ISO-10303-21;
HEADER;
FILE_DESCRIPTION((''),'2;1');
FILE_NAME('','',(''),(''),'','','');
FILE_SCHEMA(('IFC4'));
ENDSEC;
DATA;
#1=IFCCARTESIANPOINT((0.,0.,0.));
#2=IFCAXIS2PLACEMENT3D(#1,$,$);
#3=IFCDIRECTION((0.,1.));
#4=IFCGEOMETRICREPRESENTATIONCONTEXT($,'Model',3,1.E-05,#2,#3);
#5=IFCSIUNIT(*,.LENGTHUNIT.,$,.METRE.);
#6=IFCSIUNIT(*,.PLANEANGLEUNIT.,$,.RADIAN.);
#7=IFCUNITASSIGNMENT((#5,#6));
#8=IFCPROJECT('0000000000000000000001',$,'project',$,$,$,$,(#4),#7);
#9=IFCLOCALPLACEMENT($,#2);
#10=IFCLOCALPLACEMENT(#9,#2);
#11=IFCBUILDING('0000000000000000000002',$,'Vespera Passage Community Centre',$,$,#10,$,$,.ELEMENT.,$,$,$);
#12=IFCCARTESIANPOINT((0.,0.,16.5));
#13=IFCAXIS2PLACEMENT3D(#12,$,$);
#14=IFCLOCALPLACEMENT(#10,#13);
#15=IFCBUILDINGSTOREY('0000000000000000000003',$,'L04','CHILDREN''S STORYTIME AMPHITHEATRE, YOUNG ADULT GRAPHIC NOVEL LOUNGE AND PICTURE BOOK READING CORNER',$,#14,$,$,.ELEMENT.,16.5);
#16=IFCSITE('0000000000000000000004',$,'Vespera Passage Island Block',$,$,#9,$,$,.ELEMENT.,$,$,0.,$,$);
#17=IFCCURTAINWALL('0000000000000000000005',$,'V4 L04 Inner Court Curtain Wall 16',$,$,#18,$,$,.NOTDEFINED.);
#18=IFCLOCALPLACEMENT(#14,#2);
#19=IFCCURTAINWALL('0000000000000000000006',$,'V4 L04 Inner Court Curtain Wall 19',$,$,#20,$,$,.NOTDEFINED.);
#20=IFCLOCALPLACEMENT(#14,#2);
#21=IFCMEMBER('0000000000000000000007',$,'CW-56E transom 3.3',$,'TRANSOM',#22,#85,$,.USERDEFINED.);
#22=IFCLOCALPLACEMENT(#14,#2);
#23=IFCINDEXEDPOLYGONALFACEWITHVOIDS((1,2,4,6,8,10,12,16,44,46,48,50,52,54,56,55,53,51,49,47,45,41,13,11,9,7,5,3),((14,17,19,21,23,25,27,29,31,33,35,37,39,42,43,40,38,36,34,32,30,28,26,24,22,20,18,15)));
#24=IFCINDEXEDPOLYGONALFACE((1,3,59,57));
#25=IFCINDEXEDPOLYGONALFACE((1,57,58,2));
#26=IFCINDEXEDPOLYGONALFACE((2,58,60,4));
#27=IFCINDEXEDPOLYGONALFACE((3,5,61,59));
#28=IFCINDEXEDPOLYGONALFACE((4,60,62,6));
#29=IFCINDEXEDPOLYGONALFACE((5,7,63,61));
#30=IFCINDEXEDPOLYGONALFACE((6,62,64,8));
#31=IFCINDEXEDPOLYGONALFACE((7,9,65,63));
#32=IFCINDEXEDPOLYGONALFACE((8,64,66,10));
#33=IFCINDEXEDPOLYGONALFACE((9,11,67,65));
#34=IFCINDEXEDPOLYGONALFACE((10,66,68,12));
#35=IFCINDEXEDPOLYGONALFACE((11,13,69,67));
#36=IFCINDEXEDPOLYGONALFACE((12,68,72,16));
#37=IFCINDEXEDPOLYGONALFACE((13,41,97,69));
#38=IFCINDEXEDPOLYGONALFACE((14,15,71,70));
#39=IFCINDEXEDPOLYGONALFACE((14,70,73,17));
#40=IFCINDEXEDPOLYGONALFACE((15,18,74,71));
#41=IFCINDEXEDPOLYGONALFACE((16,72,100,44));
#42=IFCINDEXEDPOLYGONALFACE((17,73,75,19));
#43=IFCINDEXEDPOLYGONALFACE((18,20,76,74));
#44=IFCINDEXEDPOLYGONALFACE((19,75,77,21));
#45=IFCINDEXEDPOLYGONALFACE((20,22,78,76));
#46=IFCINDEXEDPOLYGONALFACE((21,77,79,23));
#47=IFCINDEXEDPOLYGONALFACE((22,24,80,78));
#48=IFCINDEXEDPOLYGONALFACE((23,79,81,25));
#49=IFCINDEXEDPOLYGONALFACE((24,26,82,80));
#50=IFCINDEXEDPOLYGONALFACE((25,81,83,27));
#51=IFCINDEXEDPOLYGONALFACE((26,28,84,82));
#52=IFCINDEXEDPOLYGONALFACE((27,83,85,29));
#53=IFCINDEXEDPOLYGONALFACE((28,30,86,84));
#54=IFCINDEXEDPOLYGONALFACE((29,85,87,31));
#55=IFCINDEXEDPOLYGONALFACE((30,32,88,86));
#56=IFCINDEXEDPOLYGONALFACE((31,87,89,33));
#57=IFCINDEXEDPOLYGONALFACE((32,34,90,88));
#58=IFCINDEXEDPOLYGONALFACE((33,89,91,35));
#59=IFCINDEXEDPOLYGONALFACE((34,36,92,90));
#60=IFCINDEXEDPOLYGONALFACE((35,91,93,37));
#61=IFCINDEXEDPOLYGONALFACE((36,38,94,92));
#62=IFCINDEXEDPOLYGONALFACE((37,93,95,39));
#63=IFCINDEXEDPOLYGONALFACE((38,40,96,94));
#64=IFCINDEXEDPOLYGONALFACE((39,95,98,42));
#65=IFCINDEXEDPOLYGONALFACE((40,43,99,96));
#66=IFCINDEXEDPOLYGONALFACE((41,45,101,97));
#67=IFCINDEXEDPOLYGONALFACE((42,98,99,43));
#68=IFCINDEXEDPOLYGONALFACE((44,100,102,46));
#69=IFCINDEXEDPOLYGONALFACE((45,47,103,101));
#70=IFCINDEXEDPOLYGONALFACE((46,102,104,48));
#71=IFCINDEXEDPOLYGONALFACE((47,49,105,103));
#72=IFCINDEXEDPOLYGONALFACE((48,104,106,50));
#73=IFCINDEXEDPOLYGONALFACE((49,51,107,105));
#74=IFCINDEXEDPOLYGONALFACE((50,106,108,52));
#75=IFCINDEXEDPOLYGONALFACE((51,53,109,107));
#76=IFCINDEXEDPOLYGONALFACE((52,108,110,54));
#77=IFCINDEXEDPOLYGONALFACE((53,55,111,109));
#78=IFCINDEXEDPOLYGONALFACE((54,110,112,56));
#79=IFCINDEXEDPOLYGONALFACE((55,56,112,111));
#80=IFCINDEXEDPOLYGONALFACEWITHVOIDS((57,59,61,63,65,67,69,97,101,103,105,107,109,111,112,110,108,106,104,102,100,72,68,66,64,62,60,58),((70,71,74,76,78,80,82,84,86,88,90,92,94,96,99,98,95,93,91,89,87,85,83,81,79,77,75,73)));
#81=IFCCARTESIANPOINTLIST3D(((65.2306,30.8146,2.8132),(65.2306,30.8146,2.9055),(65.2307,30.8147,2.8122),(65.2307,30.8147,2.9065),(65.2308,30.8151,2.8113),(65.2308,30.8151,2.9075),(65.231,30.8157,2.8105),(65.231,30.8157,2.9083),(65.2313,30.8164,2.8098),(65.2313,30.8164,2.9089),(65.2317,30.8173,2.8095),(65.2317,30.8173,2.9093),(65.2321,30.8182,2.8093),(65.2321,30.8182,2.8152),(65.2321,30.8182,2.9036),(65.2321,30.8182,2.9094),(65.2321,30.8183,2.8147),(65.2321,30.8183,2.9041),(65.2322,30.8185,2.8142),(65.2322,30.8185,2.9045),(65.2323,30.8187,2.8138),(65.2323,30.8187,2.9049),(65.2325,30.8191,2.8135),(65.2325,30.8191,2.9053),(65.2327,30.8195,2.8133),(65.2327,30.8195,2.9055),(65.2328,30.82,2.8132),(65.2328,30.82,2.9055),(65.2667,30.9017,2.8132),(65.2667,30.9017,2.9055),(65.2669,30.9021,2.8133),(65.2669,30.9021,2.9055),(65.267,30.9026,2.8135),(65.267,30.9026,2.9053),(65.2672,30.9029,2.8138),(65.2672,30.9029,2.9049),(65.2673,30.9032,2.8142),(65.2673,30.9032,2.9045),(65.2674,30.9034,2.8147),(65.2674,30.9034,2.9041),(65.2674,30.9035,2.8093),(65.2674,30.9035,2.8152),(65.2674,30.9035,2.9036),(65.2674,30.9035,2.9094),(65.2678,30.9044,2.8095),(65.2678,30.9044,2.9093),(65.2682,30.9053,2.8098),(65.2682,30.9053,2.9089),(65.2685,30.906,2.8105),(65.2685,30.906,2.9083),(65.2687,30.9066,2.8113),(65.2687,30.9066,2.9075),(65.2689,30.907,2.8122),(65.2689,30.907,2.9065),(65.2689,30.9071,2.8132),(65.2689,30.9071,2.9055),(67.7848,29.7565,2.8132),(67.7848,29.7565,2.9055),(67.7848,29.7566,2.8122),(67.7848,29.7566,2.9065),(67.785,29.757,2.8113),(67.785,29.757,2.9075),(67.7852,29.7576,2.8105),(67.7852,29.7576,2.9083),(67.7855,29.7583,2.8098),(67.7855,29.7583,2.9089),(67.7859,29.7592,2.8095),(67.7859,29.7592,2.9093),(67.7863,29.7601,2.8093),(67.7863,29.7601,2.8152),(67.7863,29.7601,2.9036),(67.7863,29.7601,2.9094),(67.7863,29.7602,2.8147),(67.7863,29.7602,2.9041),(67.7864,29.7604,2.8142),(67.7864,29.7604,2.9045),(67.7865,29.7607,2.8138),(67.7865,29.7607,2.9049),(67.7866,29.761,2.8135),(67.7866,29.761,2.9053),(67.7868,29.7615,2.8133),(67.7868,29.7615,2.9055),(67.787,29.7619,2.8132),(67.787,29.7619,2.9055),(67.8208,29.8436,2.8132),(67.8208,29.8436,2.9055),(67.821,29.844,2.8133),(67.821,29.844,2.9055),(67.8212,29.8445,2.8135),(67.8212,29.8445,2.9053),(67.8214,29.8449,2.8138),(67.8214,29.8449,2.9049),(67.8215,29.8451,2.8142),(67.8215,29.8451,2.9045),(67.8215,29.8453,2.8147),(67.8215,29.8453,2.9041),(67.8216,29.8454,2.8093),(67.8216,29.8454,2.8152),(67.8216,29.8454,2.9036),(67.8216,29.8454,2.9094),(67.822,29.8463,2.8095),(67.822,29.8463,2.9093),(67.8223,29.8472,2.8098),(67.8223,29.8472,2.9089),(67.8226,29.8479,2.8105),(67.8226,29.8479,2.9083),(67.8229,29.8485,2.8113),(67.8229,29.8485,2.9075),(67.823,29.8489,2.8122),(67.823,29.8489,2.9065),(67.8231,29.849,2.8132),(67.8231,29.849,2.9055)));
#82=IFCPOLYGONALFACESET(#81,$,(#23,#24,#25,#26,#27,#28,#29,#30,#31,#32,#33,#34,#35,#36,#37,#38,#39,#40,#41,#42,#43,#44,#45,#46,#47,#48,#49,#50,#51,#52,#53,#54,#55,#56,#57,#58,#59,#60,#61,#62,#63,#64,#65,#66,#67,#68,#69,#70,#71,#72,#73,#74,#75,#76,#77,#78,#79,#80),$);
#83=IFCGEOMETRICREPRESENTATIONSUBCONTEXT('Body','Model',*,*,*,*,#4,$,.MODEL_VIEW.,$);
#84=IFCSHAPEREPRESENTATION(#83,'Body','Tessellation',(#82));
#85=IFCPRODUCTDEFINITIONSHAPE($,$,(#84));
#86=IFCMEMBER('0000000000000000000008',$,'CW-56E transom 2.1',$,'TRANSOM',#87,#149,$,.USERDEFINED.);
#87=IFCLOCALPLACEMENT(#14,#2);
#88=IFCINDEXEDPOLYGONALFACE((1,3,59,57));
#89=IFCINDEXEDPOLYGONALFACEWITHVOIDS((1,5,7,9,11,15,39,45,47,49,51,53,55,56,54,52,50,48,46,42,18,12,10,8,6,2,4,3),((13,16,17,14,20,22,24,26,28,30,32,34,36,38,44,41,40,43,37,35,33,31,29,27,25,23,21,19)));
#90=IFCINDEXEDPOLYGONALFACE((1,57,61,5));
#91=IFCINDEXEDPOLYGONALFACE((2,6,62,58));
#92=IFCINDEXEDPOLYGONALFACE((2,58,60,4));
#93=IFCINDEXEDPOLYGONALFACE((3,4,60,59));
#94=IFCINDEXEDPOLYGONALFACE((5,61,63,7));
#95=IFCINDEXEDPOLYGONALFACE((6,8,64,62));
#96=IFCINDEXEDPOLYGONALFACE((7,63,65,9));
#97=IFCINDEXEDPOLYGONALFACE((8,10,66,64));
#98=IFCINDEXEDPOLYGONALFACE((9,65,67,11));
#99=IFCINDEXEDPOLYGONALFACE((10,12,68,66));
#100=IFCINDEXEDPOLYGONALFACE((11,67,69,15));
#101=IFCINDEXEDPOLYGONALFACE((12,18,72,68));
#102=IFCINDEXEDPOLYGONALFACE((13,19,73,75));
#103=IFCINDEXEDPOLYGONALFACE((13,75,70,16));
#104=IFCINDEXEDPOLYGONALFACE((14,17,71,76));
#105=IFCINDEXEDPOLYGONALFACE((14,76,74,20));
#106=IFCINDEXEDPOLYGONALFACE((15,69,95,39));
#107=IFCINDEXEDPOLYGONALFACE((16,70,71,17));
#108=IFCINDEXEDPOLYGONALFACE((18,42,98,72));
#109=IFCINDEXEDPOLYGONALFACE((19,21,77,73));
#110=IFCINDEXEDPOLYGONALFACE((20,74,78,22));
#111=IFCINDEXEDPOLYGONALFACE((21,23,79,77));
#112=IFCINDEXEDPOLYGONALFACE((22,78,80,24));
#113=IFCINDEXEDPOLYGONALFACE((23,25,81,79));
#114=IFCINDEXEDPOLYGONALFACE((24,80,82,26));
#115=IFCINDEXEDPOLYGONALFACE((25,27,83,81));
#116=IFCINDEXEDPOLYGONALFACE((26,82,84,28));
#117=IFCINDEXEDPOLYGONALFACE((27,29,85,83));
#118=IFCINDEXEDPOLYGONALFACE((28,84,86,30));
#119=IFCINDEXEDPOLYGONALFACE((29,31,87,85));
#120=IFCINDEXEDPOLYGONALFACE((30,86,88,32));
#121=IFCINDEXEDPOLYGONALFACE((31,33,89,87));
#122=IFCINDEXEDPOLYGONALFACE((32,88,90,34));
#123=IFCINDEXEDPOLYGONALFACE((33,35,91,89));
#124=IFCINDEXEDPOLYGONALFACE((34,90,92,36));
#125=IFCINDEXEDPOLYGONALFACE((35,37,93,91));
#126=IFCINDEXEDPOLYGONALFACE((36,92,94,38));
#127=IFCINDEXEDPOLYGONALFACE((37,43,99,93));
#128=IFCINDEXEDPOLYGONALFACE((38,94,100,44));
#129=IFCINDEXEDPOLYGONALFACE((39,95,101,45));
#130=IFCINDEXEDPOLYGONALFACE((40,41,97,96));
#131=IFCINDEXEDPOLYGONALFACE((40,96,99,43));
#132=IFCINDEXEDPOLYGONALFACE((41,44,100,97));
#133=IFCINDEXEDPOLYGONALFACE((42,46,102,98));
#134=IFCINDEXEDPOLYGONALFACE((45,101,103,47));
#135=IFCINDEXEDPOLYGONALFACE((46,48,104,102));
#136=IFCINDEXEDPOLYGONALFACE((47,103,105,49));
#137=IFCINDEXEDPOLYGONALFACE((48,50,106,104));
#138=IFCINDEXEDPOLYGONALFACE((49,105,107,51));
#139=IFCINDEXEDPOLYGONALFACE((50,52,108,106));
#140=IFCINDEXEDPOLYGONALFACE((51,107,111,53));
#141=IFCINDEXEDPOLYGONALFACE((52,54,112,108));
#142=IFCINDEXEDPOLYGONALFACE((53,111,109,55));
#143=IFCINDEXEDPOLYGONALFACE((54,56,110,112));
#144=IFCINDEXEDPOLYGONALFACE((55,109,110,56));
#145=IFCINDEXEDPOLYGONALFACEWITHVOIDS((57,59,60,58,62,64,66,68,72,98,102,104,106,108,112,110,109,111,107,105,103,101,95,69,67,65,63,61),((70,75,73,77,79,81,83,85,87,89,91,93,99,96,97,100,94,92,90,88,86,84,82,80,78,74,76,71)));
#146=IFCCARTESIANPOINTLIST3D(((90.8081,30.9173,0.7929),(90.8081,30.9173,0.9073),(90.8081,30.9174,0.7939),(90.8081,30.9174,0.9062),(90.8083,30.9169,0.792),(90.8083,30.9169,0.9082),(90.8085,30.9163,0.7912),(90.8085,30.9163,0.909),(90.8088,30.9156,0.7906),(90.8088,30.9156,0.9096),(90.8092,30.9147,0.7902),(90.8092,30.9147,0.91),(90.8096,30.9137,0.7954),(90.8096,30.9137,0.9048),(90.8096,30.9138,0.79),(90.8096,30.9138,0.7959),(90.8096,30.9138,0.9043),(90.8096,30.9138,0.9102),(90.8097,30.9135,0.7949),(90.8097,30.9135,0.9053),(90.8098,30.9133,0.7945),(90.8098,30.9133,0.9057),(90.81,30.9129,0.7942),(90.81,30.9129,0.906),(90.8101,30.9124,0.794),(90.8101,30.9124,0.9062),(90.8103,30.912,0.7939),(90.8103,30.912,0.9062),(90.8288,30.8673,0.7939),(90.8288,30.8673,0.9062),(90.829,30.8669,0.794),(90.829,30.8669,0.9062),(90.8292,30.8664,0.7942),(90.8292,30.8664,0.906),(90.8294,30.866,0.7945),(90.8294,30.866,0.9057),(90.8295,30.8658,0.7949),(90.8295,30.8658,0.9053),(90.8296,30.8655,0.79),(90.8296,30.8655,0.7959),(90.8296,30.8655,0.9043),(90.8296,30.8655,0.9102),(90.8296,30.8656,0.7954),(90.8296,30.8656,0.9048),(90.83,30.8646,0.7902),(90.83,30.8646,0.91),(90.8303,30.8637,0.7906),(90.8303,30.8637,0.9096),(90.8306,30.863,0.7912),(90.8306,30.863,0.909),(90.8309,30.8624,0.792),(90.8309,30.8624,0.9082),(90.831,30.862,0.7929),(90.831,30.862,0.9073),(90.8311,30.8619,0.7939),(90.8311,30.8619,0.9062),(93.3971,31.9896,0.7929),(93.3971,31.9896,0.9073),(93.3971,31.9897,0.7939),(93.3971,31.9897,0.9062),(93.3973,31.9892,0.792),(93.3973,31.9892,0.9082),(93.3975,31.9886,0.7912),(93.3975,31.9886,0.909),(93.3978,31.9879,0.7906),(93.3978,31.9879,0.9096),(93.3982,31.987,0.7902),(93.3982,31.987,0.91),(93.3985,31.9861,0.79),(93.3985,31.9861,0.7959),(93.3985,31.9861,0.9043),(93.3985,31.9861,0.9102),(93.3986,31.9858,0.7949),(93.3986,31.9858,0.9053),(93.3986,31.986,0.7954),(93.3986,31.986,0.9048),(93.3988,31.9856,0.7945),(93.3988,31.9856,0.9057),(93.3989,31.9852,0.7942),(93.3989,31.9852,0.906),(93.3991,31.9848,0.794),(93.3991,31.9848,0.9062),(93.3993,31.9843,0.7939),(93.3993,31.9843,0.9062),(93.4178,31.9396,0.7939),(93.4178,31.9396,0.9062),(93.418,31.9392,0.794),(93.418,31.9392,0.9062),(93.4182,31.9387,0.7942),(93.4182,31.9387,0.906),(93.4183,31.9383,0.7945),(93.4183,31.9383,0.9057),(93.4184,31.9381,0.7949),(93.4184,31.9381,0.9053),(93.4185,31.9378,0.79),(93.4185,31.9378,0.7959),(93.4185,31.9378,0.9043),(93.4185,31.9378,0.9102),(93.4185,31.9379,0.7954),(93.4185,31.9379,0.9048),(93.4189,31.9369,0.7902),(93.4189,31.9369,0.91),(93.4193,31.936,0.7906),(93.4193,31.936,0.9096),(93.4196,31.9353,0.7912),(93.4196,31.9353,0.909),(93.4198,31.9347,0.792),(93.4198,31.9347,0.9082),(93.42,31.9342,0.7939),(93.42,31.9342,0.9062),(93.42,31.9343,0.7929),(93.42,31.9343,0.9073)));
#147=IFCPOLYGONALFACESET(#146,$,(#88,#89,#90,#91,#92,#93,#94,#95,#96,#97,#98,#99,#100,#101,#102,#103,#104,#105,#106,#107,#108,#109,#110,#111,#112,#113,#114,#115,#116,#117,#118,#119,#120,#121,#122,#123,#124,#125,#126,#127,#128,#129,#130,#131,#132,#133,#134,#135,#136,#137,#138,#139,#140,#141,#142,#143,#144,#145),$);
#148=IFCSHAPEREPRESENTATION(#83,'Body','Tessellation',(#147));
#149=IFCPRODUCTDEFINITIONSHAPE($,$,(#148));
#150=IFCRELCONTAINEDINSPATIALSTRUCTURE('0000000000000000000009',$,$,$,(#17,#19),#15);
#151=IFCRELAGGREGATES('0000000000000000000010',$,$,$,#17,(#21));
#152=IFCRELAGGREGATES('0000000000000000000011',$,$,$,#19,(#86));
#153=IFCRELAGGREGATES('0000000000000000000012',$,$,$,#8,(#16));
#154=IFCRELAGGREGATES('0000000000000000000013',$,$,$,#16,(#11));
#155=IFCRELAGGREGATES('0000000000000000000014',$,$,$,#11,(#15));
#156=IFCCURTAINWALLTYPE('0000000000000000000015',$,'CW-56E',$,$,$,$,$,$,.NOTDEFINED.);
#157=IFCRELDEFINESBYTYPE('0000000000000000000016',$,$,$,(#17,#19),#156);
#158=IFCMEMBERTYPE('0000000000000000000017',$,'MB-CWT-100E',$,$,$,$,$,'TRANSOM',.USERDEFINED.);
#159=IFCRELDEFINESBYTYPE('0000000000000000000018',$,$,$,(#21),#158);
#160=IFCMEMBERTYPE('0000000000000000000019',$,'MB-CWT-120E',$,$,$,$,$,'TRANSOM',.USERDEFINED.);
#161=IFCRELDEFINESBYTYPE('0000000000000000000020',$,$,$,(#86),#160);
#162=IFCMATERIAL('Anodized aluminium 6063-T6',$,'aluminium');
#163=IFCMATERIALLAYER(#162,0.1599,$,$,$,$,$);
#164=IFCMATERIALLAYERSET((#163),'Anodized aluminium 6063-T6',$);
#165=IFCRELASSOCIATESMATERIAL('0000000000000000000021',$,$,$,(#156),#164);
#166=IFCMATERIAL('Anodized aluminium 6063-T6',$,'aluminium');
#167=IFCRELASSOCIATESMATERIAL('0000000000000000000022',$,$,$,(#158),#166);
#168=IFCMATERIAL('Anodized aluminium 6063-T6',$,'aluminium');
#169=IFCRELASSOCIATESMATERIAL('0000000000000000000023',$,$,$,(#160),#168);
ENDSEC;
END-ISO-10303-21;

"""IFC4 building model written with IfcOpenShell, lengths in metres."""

from ifc_helpers import new_model, si_unit, direction, frame, origin, origin_2d, place, context, subcontext, project, spatial, hollow_rectangle, extrude, material, layer, layer_set, material_profile, profile_set, type_object, element, aggregate, save


model = new_model("IFC4")

# Units and contexts
model_context = context("Model", 3, precision=1e-05, world=origin(), true_north=direction((0.0, 1.0)))
body_context = subcontext(model_context, "Body", "Model", "MODEL_VIEW")
ifc_project = project(units=[si_unit("LENGTHUNIT", "METRE"), si_unit("PLANEANGLEUNIT", "RADIAN")], contexts=[model_context])

# Site, building, storey
site_placement = place(None, origin())
site = spatial("IfcSite", under=ifc_project, at=site_placement, Name="Vespera Passage Island Block", CompositionType="ELEMENT", RefElevation=0.0)
building_placement = place(site_placement, origin())
building = spatial("IfcBuilding", under=site, at=building_placement, Name="Vespera Passage Community Centre", CompositionType="ELEMENT")
storey_placement = place(building_placement, frame((0.0, 0.0, 16.5)))
storey = spatial("IfcBuildingStorey", under=building, at=storey_placement, Name="L04", Description="CHILDREN'S STORYTIME AMPHITHEATRE, YOUNG ADULT GRAPHIC NOVEL LOUNGE AND PICTURE BOOK READING CORNER", CompositionType="ELEMENT", Elevation=16.5)

# Curtain walls
ifc_material_1 = material(Name="Anodized aluminium 6063-T6", Category="aluminium")
ifc_layer_1 = layer(ifc_material_1, 0.1599)
ifc_layer_set_1 = layer_set([ifc_layer_1], Name="Anodized aluminium 6063-T6")
curtain_wall_type = type_object("IfcCurtainWallType", Name="CW-56E", PredefinedType="NOTDEFINED", material=ifc_layer_set_1)
curtain_wall_1_placement = place(storey_placement, origin())
curtain_wall_1 = element("IfcCurtainWall", 1, at=curtain_wall_1_placement, inside=storey, type_object=curtain_wall_type, Name="V4 L04 Inner Court Curtain Wall 16", PredefinedType="NOTDEFINED")
curtain_wall_2_placement = place(storey_placement, origin())
curtain_wall_2 = element("IfcCurtainWall", 2, at=curtain_wall_2_placement, inside=storey, type_object=curtain_wall_type, Name="V4 L04 Inner Court Curtain Wall 19", PredefinedType="NOTDEFINED")

# Members
ifc_material_2 = material(Name="Anodized aluminium 6063-T6", Category="aluminium")
ifc_material_profile_1 = material_profile(ifc_material_2, hollow_rectangle(XDim=0.1001, YDim=0.1001, WallThickness=0.0039, InnerFilletRadius=0.002, OuterFilletRadius=0.0039, at=origin_2d()), Name="ALU100X100X4")
ifc_profile_set_1 = profile_set([ifc_material_profile_1], Name="Anodized aluminium 6063-T6")
member_type_1 = type_object("IfcMemberType", Name="MB-CWT-100E", ElementType="TRANSOM", PredefinedType="USERDEFINED", material=ifc_profile_set_1)
member_1_placement = place(storey_placement, frame((65.2498, 30.8608, 2.8594), z_axis=(0.923864, -0.382721, 0.0), x_axis=(0.382721, 0.923864, 0.0)))
member_1 = element("IfcMember", 3, at=member_1_placement, type_object=member_type_1, Name="CW-56E transom 3.3", ObjectType="TRANSOM", PredefinedType="USERDEFINED", context=body_context, shape_type="SweptSolid", body=[
    extrude(hollow_rectangle(XDim=0.1001, YDim=0.1001, WallThickness=0.0039, InnerFilletRadius=0.002, OuterFilletRadius=0.0039, at=origin_2d()), origin(), (0.0, 0.0, 1.0), 2.7646),
])
ifc_material_3 = material(Name="Anodized aluminium 6063-T6", Category="aluminium")
ifc_material_profile_2 = material_profile(ifc_material_3, hollow_rectangle(XDim=0.0601, YDim=0.1201, WallThickness=0.0039, InnerFilletRadius=0.002, OuterFilletRadius=0.0039, at=origin_2d()), Name="ALU120X60X4")
ifc_profile_set_2 = profile_set([ifc_material_profile_2], Name="Anodized aluminium 6063-T6")
member_type_2 = type_object("IfcMemberType", Name="MB-CWT-120E", ElementType="TRANSOM", PredefinedType="USERDEFINED", material=ifc_profile_set_2)
member_2_placement = place(storey_placement, frame((90.8196, 30.8896, 0.8501), z_axis=(0.923889, 0.38266, 0.0), x_axis=(-0.38266, 0.923889, 0.0)))
member_2 = element("IfcMember", 4, at=member_2_placement, type_object=member_type_2, Name="CW-56E transom 2.1", ObjectType="TRANSOM", PredefinedType="USERDEFINED", context=body_context, shape_type="SweptSolid", body=[
    extrude(hollow_rectangle(XDim=0.0601, YDim=0.1201, WallThickness=0.0039, InnerFilletRadius=0.002, OuterFilletRadius=0.0039, at=origin_2d()), origin(), (0.0, 0.0, 1.0), 2.8022),
])

aggregate(curtain_wall_1, [member_1])
aggregate(curtain_wall_2, [member_2])

save(model, "model.ifc")
